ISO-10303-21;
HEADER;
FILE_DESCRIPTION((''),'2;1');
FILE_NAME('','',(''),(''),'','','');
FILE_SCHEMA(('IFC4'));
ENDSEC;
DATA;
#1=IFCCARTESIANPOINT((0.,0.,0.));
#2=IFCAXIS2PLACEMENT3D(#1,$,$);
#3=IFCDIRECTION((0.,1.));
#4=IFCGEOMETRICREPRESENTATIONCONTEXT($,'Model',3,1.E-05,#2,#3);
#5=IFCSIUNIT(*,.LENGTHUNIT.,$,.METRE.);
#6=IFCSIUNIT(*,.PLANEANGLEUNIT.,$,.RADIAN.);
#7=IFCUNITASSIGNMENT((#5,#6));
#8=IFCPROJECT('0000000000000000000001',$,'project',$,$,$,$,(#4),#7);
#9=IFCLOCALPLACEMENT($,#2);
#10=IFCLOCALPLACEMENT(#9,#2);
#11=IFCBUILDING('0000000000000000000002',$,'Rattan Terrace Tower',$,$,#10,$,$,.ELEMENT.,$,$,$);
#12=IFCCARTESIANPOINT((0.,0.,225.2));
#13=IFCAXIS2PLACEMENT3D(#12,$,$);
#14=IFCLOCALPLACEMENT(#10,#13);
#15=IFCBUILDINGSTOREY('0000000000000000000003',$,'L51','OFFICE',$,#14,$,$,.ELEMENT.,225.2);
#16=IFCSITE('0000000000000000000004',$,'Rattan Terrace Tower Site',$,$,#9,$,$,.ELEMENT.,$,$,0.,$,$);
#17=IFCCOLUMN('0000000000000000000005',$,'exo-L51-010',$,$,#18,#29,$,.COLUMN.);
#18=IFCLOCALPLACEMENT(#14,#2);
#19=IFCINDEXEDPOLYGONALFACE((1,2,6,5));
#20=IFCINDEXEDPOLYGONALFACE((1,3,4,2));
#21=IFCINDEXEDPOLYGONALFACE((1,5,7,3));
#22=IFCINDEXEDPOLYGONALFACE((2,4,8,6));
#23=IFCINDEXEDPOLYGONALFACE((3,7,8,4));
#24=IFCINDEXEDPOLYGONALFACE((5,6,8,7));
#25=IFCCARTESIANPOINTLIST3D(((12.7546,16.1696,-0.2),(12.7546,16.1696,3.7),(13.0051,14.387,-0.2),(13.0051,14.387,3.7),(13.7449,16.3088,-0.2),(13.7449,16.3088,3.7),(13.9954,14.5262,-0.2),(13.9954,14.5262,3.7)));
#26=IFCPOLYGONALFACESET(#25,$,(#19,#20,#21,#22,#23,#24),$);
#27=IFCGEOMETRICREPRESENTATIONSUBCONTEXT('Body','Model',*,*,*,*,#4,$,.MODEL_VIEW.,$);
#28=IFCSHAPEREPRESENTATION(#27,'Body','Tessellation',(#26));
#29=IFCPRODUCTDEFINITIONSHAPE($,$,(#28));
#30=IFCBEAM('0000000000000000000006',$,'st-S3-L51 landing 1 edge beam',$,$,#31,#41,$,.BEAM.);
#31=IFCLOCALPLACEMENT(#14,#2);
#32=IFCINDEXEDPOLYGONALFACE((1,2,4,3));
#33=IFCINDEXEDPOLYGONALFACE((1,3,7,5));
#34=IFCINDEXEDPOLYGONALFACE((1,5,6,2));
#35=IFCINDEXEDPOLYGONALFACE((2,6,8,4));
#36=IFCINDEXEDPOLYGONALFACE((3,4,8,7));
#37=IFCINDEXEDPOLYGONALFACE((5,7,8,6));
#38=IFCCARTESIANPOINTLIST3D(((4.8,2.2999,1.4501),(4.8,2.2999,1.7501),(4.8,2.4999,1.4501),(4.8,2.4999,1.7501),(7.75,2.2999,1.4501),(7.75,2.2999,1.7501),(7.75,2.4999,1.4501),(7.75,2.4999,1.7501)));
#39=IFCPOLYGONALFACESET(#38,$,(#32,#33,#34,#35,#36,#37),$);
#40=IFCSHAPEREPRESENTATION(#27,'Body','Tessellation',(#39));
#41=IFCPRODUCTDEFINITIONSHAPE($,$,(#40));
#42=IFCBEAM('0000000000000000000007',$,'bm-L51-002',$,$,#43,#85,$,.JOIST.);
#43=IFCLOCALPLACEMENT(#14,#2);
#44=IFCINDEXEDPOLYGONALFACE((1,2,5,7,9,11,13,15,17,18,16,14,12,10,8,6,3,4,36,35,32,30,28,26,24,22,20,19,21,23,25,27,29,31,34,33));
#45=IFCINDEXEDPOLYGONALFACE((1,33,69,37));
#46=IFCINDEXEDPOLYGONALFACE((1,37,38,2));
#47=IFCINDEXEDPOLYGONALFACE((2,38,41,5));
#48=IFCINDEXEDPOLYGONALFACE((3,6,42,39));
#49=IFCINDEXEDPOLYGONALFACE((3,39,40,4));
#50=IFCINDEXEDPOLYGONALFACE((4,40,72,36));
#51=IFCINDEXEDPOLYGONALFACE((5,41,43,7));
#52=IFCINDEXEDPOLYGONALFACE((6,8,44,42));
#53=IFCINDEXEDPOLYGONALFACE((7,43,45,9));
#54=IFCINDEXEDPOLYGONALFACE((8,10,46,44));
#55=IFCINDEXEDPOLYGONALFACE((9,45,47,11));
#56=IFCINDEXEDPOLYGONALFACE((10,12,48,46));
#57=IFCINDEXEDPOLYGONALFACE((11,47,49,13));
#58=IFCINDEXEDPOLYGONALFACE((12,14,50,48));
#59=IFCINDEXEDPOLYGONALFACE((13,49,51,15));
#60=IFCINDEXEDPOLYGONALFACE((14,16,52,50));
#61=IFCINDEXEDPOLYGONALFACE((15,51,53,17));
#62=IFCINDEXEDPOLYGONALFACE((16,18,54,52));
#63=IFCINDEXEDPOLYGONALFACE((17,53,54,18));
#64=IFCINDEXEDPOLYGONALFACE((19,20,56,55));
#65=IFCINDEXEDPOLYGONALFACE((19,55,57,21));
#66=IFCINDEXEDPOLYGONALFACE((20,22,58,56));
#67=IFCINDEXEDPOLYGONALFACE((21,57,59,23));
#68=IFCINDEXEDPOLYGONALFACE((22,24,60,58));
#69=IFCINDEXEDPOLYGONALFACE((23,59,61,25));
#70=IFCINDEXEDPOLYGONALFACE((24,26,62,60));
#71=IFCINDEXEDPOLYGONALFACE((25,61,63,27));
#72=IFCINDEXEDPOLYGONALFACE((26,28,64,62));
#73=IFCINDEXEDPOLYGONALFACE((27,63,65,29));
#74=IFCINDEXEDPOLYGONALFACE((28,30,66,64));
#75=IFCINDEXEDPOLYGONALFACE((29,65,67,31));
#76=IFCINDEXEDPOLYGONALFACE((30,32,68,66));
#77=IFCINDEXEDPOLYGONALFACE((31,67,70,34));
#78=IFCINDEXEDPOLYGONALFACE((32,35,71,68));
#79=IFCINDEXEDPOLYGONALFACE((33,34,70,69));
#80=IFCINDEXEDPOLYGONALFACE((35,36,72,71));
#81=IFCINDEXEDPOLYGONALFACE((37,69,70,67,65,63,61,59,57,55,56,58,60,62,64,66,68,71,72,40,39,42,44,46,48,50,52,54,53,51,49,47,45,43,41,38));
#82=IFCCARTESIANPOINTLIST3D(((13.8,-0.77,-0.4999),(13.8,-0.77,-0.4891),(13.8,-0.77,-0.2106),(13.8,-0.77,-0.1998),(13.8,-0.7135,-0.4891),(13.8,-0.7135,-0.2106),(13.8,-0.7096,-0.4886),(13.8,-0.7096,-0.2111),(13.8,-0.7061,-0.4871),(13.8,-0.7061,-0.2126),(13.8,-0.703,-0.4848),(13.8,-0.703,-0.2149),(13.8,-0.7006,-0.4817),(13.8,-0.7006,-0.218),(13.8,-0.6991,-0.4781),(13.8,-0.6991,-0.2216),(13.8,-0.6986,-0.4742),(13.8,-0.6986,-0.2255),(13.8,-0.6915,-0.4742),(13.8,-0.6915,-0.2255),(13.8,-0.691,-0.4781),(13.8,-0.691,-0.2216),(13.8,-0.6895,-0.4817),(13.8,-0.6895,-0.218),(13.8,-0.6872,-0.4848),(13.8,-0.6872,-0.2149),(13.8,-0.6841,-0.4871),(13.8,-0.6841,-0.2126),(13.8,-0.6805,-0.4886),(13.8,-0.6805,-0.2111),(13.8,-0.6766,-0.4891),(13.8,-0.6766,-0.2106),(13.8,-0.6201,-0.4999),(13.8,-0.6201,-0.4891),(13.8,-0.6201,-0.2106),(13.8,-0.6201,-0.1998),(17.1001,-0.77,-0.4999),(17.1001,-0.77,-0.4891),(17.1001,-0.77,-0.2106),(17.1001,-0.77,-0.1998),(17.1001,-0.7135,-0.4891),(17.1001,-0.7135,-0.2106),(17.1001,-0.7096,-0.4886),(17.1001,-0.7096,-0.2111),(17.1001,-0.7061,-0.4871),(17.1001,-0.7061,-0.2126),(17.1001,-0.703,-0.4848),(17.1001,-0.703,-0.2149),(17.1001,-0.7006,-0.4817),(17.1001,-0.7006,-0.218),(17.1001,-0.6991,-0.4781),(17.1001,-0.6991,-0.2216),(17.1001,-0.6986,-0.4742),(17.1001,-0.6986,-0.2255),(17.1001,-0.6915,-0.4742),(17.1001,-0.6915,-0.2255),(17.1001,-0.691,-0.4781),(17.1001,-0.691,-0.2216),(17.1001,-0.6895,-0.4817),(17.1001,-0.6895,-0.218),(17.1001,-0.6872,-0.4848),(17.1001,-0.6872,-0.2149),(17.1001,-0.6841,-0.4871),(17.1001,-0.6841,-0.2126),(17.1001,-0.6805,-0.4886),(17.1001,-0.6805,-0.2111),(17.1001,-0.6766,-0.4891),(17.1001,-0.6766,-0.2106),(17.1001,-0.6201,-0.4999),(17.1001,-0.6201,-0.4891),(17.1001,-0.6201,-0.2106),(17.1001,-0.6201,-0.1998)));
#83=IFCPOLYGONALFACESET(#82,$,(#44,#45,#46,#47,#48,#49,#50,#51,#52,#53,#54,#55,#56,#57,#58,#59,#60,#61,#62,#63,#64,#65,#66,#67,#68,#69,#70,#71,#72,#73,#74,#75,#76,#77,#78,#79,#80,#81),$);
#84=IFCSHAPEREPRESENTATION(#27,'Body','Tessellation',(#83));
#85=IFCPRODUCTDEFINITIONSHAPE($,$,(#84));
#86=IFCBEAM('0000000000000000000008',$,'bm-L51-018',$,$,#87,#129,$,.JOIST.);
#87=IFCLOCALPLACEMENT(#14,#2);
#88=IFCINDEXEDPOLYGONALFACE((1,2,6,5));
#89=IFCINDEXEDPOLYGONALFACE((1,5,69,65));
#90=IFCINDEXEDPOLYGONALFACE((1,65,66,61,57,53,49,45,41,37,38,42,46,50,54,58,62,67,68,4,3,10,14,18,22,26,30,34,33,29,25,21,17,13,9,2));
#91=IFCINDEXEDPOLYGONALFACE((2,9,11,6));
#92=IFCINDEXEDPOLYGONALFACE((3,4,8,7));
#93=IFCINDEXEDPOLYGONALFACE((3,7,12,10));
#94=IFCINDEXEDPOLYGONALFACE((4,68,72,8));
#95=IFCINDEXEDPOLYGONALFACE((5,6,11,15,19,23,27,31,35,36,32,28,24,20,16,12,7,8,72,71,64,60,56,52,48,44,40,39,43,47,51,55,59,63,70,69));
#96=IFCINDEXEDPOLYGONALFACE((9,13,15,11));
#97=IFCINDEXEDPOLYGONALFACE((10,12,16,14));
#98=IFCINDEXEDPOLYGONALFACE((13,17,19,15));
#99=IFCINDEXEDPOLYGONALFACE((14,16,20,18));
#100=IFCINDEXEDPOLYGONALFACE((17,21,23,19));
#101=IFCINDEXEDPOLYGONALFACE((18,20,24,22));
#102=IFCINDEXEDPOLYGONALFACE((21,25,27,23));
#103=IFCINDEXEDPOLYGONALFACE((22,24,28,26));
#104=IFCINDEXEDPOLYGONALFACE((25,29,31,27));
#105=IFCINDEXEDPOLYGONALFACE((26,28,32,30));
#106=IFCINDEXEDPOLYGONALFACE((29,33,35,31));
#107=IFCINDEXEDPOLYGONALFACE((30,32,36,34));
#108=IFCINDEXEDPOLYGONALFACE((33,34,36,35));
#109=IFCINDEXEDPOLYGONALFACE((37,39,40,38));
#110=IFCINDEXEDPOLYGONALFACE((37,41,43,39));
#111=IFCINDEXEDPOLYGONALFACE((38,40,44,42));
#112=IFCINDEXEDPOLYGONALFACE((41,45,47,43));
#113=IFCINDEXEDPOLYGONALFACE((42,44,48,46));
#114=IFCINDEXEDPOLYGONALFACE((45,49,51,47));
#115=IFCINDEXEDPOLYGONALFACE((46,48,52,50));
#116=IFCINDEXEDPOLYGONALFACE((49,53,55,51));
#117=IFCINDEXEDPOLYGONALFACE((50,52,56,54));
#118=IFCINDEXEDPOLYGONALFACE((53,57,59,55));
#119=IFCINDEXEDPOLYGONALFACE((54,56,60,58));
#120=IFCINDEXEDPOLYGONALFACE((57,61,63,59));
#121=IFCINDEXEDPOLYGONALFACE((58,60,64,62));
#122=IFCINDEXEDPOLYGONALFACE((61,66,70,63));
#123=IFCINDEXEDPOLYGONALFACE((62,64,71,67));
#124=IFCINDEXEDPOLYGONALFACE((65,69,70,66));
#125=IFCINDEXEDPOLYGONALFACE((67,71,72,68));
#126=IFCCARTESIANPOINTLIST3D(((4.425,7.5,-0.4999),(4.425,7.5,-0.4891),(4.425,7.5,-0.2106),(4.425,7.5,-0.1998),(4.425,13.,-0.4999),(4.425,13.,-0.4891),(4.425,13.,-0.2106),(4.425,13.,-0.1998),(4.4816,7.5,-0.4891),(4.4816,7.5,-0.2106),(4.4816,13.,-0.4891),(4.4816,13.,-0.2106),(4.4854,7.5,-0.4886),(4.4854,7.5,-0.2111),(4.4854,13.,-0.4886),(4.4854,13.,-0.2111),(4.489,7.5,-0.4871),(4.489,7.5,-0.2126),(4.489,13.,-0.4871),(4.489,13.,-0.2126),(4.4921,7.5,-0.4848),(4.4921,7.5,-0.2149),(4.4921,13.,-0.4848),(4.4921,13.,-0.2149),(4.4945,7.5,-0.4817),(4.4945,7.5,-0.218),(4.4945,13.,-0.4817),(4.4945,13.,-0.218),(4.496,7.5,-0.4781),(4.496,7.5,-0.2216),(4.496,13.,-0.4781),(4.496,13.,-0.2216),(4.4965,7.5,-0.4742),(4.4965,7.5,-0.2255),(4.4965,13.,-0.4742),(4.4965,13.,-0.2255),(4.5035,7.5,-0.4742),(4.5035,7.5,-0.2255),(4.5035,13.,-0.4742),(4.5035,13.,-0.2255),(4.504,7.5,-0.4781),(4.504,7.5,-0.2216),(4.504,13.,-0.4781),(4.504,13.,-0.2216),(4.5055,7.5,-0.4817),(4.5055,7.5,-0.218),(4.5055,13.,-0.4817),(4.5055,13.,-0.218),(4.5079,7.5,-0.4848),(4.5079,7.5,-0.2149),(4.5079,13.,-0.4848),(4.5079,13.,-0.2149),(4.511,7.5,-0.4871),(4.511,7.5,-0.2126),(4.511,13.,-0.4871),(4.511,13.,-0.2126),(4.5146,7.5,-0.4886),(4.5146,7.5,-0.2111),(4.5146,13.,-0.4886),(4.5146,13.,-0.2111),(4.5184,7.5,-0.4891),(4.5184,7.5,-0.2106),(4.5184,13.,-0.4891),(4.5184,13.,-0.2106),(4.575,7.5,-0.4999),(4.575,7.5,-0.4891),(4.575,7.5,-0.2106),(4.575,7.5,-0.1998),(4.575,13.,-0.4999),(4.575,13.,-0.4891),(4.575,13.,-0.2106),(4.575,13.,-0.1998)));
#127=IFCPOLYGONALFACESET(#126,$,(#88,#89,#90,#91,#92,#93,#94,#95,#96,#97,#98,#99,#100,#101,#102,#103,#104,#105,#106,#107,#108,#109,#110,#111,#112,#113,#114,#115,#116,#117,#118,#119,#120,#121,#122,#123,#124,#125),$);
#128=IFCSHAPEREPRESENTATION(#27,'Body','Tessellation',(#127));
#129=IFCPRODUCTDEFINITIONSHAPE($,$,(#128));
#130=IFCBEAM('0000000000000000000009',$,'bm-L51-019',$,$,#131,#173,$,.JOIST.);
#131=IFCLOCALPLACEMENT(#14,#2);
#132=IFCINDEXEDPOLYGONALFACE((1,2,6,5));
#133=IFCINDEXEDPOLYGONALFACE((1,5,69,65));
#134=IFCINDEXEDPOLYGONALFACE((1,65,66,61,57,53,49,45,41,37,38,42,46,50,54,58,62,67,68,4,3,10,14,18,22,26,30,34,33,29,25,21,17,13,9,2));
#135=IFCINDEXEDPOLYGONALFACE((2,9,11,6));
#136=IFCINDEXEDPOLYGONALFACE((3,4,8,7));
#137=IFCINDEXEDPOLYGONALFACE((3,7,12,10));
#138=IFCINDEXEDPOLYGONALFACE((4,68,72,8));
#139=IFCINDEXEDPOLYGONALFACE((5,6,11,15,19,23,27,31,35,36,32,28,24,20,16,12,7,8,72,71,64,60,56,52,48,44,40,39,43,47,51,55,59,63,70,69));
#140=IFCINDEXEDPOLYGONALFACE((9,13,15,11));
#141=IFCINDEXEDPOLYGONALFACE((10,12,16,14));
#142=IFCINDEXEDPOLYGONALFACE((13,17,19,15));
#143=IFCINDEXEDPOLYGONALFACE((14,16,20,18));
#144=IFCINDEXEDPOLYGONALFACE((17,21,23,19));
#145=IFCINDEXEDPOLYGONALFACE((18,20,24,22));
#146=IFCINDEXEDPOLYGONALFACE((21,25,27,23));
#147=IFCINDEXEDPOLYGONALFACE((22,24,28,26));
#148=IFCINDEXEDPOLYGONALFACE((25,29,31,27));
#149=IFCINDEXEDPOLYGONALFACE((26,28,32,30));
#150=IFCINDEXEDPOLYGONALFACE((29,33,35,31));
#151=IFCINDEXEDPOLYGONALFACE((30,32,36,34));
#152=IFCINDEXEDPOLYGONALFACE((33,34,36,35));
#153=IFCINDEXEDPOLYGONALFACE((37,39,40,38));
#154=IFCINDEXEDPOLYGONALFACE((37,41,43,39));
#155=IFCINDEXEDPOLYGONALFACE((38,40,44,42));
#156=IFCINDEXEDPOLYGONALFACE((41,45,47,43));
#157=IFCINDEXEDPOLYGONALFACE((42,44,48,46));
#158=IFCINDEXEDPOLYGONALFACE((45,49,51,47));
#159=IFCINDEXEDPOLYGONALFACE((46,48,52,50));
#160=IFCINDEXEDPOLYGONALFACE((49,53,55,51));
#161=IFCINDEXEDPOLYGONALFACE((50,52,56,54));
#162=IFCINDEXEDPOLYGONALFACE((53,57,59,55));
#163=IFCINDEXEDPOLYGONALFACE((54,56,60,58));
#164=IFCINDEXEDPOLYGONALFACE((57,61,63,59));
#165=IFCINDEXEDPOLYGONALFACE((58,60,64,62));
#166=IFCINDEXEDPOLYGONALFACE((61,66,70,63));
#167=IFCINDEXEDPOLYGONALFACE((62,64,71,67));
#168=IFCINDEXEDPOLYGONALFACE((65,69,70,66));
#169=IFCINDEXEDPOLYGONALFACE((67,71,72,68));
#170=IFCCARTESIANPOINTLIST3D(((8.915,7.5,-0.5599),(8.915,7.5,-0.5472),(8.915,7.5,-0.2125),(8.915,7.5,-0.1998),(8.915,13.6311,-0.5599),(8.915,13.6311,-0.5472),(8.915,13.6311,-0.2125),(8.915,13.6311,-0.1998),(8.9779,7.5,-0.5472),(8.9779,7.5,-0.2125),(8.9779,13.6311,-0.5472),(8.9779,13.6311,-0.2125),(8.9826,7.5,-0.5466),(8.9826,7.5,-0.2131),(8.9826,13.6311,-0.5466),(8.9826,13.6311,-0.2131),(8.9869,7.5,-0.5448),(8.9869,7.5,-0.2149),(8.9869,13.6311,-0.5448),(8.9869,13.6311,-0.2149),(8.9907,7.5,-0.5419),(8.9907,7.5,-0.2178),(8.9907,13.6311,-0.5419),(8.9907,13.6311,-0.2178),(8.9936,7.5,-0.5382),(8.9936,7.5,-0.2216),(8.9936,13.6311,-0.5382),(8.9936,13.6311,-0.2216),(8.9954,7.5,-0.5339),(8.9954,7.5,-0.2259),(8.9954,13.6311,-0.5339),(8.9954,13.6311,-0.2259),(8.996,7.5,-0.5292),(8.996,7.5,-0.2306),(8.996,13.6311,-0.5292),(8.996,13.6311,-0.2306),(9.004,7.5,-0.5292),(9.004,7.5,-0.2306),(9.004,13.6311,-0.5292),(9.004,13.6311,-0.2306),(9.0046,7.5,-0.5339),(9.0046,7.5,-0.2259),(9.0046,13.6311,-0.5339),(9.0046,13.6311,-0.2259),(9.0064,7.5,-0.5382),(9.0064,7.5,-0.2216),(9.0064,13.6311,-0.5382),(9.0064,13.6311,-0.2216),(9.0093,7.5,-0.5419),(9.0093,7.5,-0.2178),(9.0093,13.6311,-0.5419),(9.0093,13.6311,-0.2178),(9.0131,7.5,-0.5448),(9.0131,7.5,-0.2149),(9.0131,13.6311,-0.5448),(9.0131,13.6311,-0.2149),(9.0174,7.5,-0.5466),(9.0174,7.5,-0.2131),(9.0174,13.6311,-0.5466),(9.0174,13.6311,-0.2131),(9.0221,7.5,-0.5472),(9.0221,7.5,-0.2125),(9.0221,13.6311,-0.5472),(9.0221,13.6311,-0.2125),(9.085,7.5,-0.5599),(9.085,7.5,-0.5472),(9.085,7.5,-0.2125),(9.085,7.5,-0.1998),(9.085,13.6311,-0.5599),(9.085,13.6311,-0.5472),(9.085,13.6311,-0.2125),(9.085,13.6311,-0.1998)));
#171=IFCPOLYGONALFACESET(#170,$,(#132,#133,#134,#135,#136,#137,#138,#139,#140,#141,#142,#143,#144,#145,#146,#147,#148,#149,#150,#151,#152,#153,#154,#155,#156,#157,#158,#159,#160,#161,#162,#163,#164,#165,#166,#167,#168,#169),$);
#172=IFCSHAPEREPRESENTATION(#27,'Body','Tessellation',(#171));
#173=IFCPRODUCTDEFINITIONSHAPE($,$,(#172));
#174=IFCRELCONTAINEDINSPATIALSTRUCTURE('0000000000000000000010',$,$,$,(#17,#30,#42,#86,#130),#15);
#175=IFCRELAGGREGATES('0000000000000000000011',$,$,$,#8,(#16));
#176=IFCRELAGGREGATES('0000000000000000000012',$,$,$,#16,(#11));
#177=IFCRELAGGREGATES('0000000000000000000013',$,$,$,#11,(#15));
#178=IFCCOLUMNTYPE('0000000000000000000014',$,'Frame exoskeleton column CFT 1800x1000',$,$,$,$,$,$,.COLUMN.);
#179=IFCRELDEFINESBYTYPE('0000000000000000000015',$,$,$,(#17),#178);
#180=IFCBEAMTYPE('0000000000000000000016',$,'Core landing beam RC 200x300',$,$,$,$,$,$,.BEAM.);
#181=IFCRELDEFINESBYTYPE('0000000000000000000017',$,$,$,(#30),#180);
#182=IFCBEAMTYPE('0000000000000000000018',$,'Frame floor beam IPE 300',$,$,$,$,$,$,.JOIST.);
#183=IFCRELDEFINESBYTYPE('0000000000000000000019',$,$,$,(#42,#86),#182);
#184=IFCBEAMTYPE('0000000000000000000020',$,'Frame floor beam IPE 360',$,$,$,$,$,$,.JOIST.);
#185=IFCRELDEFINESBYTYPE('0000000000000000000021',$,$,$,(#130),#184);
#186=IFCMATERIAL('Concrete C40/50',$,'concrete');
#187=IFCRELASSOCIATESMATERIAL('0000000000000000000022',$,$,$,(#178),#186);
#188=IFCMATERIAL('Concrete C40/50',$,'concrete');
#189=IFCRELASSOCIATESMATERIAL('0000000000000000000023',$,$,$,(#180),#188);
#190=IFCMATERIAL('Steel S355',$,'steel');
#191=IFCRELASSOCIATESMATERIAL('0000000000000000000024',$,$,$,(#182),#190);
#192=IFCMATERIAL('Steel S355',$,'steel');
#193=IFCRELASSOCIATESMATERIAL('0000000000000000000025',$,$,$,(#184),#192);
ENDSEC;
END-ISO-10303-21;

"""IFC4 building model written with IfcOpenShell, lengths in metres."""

from ifc_helpers import new_model, si_unit, direction, frame, origin, origin_2d, place, context, subcontext, project, spatial, rectangle, i_section, extrude, material, material_profile, profile_set, type_object, element, save


model = new_model("IFC4")

# Units and contexts
model_context = context("Model", 3, precision=1e-05, world=origin(), true_north=direction((0.0, 1.0)))
body_context = subcontext(model_context, "Body", "Model", "MODEL_VIEW")
ifc_project = project(units=[si_unit("LENGTHUNIT", "METRE"), si_unit("PLANEANGLEUNIT", "RADIAN")], contexts=[model_context])

# Site, building, storey
site_placement = place(None, origin())
site = spatial("IfcSite", under=ifc_project, at=site_placement, Name="Rattan Terrace Tower Site", CompositionType="ELEMENT", RefElevation=0.0)
building_placement = place(site_placement, origin())
building = spatial("IfcBuilding", under=site, at=building_placement, Name="Rattan Terrace Tower", CompositionType="ELEMENT")
storey_placement = place(building_placement, frame((0.0, 0.0, 225.2)))
storey = spatial("IfcBuildingStorey", under=building, at=storey_placement, Name="L51", Description="OFFICE", CompositionType="ELEMENT", Elevation=225.2)

# Column
ifc_material_1 = material(Name="Concrete C40/50", Category="concrete")
ifc_material_profile_1 = material_profile(ifc_material_1, rectangle(XDim=1.0, YDim=1.8, at=origin_2d()), Name="CFT 1800x1000")
ifc_profile_set_1 = profile_set([ifc_material_profile_1], Name="Concrete C40/50")
column_type = type_object("IfcColumnType", Name="Frame exoskeleton column CFT 1800x1000", PredefinedType="COLUMN", material=ifc_profile_set_1)
column_placement = place(storey_placement, frame((13.375, 15.3479, -0.2), z_axis=(0.0, 0.0, 1.0), x_axis=(0.990268, 0.139173, 0.0)))
element("IfcColumn", 1, at=column_placement, inside=storey, type_object=column_type, Name="exo-L51-010", PredefinedType="COLUMN", context=body_context, shape_type="SweptSolid", body=[
    extrude(rectangle(XDim=1.0, YDim=1.8, at=origin_2d()), origin(), (0.0, 0.0, 1.0), 3.8999),
])

# Beams
ifc_material_2 = material(Name="Concrete C40/50", Category="concrete")
ifc_material_profile_2 = material_profile(ifc_material_2, rectangle(XDim=0.2, YDim=0.3, at=origin_2d()), Name="RC 200x300")
ifc_profile_set_2 = profile_set([ifc_material_profile_2], Name="Concrete C40/50")
beam_type_1 = type_object("IfcBeamType", Name="Core landing beam RC 200x300", PredefinedType="BEAM", material=ifc_profile_set_2)
beam_1_placement = place(storey_placement, frame((4.8, 2.3999, 1.6001), z_axis=(1.0, 0.0, 0.0), x_axis=(0.0, 1.0, 0.0)))
element("IfcBeam", 2, at=beam_1_placement, inside=storey, type_object=beam_type_1, Name="st-S3-L51 landing 1 edge beam", PredefinedType="BEAM", context=body_context, shape_type="SweptSolid", body=[
    extrude(rectangle(XDim=0.2, YDim=0.3, at=origin_2d()), origin(), (0.0, 0.0, 1.0), 2.95),
])
ifc_material_3 = material(Name="Steel S355", Category="steel")
ifc_material_profile_3 = material_profile(ifc_material_3, i_section(OverallWidth=0.1499, OverallDepth=0.3, WebThickness=0.0071, FlangeThickness=0.0107, FilletRadius=0.0149, at=origin_2d()), Name="IPE 300")
ifc_profile_set_3 = profile_set([ifc_material_profile_3], Name="Steel S355")
beam_type_2 = type_object("IfcBeamType", Name="Frame floor beam IPE 300", PredefinedType="JOIST", material=ifc_profile_set_3)
beam_2_placement = place(storey_placement, frame((13.8, -0.6951, -0.3499), z_axis=(1.0, 0.0, 0.0), x_axis=(0.0, 1.0, 0.0)))
element("IfcBeam", 3, at=beam_2_placement, inside=storey, type_object=beam_type_2, Name="bm-L51-002", PredefinedType="JOIST", context=body_context, shape_type="SweptSolid", body=[
    extrude(i_section(OverallWidth=0.1499, OverallDepth=0.3, WebThickness=0.0071, FlangeThickness=0.0107, FilletRadius=0.0149, at=origin_2d()), origin(), (0.0, 0.0, 1.0), 3.3),
])
beam_3_placement = place(storey_placement, frame((4.5, 7.5, -0.3499), z_axis=(0.0, 1.0, 0.0), x_axis=(-1.0, 0.0, 0.0)))
element("IfcBeam", 4, at=beam_3_placement, inside=storey, type_object=beam_type_2, Name="bm-L51-018", PredefinedType="JOIST", context=body_context, shape_type="SweptSolid", body=[
    extrude(i_section(OverallWidth=0.1499, OverallDepth=0.3, WebThickness=0.0071, FlangeThickness=0.0107, FilletRadius=0.0149, at=origin_2d()), origin(), (0.0, 0.0, 1.0), 5.5),
])
ifc_material_4 = material(Name="Steel S355", Category="steel")
ifc_material_profile_4 = material_profile(ifc_material_4, i_section(OverallWidth=0.1699, OverallDepth=0.3601, WebThickness=0.0081, FlangeThickness=0.0127, FilletRadius=0.0181, at=origin_2d()), Name="IPE 360")
ifc_profile_set_4 = profile_set([ifc_material_profile_4], Name="Steel S355")
beam_type_3 = type_object("IfcBeamType", Name="Frame floor beam IPE 360", PredefinedType="JOIST", material=ifc_profile_set_4)
beam_4_placement = place(storey_placement, frame((9.0, 7.5, -0.3799), z_axis=(0.0, 1.0, 0.0), x_axis=(-1.0, 0.0, 0.0)))
element("IfcBeam", 5, at=beam_4_placement, inside=storey, type_object=beam_type_3, Name="bm-L51-019", PredefinedType="JOIST", context=body_context, shape_type="SweptSolid", body=[
    extrude(i_section(OverallWidth=0.1699, OverallDepth=0.3601, WebThickness=0.0081, FlangeThickness=0.0127, FilletRadius=0.0181, at=origin_2d()), origin(), (0.0, 0.0, 1.0), 6.1311),
])

save(model, "model.ifc")
